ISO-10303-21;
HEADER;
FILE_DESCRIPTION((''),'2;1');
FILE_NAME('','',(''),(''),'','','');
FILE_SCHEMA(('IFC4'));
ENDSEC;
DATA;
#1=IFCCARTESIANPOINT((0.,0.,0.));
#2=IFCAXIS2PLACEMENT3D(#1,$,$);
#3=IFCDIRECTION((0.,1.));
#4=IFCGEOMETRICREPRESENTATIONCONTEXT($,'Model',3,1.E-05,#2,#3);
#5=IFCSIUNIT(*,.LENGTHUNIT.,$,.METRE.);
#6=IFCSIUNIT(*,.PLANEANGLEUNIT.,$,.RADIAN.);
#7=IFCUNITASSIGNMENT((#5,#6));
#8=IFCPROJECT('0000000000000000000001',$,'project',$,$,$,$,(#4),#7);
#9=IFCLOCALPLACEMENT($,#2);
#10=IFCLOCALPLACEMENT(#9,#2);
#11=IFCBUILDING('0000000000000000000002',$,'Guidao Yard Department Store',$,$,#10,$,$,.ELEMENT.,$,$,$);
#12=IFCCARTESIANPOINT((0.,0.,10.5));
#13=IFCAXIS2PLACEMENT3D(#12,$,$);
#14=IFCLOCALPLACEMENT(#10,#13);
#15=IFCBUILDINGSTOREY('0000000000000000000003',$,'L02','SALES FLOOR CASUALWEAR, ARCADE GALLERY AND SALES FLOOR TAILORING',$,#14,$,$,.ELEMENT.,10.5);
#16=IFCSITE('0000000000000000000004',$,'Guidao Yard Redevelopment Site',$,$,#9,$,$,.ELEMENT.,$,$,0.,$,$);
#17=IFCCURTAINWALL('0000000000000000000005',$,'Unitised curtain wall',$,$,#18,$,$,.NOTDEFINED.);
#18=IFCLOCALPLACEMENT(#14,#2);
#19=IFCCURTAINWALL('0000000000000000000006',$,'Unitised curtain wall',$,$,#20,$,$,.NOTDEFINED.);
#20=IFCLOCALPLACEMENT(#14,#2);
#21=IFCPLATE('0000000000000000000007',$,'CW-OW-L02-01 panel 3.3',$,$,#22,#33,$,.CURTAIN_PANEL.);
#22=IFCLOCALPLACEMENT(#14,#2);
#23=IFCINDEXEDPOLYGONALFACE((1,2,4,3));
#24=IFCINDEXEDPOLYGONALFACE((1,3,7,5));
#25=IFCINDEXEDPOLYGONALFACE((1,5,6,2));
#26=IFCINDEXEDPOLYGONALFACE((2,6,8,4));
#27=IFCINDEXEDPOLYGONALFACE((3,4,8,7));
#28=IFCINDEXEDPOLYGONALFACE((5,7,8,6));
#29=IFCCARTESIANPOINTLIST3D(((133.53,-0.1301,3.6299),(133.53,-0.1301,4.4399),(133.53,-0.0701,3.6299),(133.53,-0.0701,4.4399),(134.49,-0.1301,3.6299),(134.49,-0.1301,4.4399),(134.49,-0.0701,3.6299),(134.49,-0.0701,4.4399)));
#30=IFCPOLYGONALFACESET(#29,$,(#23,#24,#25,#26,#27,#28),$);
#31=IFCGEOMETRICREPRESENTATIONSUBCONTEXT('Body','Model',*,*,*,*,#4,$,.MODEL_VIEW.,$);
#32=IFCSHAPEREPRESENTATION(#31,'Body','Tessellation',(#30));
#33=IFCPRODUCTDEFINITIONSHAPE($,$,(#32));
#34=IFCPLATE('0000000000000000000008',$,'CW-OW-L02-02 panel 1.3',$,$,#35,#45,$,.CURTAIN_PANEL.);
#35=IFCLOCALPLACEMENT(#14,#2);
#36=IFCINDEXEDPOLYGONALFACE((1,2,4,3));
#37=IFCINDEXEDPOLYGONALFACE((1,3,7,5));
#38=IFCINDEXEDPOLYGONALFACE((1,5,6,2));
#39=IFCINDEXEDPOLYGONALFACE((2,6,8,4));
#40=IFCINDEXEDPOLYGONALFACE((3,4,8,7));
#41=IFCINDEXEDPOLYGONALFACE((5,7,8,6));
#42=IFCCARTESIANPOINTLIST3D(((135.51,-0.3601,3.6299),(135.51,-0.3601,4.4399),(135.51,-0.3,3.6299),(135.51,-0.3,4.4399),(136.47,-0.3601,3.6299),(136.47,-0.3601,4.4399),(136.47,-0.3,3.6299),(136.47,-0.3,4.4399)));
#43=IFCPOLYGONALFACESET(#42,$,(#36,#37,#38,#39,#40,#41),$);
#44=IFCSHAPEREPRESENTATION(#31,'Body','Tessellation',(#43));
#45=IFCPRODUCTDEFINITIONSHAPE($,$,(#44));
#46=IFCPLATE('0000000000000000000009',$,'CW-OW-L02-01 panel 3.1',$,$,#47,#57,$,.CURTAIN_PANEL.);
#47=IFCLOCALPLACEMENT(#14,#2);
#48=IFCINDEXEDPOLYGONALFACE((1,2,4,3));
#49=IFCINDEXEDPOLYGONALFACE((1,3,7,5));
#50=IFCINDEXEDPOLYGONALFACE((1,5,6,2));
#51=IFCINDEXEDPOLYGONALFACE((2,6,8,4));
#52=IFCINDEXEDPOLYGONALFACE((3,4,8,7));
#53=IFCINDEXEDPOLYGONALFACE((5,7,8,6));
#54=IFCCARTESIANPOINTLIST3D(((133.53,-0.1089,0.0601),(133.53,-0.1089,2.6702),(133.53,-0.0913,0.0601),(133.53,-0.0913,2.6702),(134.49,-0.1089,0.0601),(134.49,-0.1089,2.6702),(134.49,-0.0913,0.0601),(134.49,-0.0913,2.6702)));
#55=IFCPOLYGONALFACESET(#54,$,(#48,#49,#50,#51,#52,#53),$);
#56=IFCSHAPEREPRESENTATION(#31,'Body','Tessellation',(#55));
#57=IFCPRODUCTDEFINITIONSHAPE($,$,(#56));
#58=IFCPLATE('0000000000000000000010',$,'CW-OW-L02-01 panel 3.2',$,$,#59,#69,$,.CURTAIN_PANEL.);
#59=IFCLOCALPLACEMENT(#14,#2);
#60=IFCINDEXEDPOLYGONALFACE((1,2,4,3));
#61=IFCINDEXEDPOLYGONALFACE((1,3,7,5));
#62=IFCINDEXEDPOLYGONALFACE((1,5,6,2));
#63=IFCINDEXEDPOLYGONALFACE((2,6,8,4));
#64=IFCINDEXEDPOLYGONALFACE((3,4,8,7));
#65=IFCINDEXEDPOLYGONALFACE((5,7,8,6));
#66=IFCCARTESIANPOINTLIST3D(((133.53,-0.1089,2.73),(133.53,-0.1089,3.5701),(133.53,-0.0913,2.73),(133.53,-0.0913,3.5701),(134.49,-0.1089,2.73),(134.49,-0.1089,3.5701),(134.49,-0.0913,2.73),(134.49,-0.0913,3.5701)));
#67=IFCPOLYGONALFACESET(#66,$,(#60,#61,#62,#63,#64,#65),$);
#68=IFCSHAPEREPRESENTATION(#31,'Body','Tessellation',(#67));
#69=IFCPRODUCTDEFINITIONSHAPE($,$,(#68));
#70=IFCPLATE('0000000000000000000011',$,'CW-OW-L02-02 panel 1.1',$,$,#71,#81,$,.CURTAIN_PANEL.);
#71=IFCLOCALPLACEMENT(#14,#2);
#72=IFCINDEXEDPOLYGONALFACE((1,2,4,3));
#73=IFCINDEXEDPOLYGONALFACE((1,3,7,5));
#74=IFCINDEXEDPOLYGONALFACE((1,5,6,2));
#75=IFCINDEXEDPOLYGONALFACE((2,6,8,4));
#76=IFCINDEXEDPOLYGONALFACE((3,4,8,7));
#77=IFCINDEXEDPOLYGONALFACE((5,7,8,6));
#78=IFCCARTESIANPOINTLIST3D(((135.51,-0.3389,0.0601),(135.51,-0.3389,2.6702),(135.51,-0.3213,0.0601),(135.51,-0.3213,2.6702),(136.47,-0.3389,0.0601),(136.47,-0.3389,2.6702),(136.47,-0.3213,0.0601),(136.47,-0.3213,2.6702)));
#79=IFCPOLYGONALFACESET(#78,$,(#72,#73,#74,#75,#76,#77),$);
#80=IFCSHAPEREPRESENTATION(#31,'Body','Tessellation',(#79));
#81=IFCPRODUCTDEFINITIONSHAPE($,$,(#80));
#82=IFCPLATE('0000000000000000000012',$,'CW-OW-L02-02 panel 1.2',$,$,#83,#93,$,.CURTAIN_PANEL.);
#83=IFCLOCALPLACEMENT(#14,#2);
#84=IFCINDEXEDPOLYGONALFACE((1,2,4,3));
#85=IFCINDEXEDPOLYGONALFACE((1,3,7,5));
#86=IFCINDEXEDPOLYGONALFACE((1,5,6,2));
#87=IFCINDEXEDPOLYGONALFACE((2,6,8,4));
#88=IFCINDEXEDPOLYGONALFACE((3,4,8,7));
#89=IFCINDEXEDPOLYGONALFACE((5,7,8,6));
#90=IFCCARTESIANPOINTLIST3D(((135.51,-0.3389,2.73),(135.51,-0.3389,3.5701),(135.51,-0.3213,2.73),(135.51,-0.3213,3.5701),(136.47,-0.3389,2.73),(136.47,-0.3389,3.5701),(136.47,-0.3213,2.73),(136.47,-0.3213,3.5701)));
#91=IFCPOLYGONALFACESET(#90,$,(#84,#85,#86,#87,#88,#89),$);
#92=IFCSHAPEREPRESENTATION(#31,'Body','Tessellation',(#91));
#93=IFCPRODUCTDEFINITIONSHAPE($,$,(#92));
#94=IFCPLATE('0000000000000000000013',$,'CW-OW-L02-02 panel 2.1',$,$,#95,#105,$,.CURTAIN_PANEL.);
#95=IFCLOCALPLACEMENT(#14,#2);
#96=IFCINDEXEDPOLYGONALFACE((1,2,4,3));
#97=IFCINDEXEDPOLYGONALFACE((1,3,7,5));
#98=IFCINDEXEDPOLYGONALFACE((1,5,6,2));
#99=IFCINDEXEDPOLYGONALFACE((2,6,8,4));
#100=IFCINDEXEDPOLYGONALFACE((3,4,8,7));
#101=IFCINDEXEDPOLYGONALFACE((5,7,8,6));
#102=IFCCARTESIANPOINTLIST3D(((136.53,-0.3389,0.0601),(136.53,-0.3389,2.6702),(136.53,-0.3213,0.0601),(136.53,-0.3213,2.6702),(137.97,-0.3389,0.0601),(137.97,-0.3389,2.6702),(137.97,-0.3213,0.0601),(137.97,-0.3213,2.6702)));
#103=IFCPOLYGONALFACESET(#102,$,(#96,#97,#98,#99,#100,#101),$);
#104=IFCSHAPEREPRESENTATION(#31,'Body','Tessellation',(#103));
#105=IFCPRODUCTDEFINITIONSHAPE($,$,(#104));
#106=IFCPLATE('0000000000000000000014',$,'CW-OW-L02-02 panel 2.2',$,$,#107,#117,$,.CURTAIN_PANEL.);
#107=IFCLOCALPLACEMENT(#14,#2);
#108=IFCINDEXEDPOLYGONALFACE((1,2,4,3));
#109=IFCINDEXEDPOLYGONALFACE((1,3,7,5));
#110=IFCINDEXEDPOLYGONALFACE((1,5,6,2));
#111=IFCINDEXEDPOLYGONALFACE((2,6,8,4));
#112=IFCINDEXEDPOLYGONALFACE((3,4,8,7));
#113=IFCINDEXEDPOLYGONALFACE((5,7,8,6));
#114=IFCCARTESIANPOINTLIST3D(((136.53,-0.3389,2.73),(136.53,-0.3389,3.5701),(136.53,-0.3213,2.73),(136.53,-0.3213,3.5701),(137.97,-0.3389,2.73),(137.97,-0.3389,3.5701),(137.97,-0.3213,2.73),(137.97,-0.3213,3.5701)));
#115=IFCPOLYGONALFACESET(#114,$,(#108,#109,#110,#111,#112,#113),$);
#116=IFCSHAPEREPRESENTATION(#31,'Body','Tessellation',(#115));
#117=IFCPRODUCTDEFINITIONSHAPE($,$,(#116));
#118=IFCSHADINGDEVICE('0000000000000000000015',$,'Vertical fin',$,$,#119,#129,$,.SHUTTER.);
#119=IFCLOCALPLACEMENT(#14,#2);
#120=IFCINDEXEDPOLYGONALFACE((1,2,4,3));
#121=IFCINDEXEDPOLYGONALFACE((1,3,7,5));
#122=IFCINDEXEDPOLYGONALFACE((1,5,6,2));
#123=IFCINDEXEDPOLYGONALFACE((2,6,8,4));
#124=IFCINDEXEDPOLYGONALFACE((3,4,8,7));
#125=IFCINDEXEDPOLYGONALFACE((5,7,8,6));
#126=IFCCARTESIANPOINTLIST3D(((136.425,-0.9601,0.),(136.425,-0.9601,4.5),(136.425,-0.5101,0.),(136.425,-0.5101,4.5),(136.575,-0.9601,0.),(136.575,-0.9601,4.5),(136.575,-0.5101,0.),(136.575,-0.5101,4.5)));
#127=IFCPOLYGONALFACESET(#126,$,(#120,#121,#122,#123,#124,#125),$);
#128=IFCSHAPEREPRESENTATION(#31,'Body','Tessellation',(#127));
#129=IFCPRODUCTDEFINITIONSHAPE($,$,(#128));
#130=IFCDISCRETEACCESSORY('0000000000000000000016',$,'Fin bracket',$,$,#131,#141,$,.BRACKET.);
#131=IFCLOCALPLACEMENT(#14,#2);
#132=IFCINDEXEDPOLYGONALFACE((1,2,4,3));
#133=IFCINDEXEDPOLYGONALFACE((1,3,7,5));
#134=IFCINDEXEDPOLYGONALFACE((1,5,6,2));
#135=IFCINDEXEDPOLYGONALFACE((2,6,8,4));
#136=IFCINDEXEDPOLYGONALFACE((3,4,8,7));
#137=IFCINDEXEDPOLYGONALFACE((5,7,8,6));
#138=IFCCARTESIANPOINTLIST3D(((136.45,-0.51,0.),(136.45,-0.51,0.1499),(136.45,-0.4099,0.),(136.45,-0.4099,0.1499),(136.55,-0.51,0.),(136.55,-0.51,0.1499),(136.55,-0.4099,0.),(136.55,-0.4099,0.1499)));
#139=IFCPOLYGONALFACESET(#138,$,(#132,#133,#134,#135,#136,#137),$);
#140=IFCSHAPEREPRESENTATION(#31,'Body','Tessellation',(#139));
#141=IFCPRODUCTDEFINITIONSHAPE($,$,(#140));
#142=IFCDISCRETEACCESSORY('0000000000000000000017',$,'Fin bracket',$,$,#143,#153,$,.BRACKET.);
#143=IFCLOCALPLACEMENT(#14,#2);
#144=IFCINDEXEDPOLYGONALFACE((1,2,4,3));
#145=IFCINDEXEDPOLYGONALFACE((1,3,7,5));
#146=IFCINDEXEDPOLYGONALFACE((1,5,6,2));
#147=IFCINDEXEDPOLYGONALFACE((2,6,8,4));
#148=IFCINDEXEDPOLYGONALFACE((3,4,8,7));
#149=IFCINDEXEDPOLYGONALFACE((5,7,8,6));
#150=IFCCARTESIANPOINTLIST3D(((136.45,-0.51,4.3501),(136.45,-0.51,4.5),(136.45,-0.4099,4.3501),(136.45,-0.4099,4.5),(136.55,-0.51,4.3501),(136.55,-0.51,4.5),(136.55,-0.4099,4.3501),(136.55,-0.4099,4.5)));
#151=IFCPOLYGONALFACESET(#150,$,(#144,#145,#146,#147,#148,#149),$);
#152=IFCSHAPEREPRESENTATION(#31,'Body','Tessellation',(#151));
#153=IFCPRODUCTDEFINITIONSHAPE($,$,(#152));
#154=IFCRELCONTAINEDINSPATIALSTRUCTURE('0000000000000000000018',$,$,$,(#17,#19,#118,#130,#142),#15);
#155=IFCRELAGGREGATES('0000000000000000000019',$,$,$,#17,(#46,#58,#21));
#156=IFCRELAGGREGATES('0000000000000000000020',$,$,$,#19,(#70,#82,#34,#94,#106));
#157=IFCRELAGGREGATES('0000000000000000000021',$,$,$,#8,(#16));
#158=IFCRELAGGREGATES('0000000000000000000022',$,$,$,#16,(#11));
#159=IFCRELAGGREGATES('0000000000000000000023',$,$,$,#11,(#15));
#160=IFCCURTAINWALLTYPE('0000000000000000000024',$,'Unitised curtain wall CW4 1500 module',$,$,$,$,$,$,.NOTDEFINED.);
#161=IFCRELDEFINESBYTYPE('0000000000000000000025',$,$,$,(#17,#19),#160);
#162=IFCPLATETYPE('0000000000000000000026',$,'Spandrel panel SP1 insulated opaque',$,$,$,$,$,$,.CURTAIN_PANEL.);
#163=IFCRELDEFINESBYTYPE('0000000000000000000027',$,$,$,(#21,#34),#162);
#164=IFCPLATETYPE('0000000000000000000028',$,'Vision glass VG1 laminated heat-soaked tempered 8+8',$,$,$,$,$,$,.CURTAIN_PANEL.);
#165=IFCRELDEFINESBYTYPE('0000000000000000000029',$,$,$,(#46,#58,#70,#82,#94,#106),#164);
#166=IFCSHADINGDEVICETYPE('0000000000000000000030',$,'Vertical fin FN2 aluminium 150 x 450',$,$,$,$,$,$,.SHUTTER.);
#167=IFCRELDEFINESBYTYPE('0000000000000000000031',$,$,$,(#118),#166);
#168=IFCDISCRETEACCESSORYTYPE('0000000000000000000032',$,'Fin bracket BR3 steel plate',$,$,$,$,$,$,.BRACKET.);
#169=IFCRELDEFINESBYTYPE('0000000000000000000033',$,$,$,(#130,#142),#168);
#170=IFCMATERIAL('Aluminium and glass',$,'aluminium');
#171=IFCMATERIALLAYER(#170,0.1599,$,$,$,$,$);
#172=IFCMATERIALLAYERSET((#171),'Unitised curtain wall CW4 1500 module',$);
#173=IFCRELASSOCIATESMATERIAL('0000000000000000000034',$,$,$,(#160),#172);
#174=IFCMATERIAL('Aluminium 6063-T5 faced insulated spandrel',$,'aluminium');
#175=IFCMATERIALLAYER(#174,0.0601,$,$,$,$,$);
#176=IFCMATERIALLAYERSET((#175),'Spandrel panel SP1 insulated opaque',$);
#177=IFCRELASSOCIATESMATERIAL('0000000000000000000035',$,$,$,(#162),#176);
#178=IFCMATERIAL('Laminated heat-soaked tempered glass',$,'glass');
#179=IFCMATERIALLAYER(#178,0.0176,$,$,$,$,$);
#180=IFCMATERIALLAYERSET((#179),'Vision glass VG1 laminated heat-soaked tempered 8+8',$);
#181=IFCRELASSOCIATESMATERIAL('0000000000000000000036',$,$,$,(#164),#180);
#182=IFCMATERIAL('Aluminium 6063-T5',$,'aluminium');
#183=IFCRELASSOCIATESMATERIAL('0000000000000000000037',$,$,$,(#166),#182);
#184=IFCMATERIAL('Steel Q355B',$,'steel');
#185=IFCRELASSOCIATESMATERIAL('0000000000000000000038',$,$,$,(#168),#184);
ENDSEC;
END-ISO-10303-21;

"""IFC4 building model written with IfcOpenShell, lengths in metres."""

from ifc_helpers import new_model, si_unit, direction, frame, origin, origin_2d, place, context, subcontext, project, spatial, rectangle, extrude, material, layer, layer_set, type_object, element, aggregate, save


model = new_model("IFC4")

# Units and contexts
model_context = context("Model", 3, precision=1e-05, world=origin(), true_north=direction((0.0, 1.0)))
body_context = subcontext(model_context, "Body", "Model", "MODEL_VIEW")
ifc_project = project(units=[si_unit("LENGTHUNIT", "METRE"), si_unit("PLANEANGLEUNIT", "RADIAN")], contexts=[model_context])

# Site, building, storey
site_placement = place(None, origin())
site = spatial("IfcSite", under=ifc_project, at=site_placement, Name="Guidao Yard Redevelopment Site", CompositionType="ELEMENT", RefElevation=0.0)
building_placement = place(site_placement, origin())
building = spatial("IfcBuilding", under=site, at=building_placement, Name="Guidao Yard Department Store", CompositionType="ELEMENT")
storey_placement = place(building_placement, frame((0.0, 0.0, 10.5)))
storey = spatial("IfcBuildingStorey", under=building, at=storey_placement, Name="L02", Description="SALES FLOOR CASUALWEAR, ARCADE GALLERY AND SALES FLOOR TAILORING", CompositionType="ELEMENT", Elevation=10.5)

# Curtain walls
ifc_material_1 = material(Name="Aluminium and glass", Category="aluminium")
ifc_layer_1 = layer(ifc_material_1, 0.1599)
ifc_layer_set_1 = layer_set([ifc_layer_1], Name="Unitised curtain wall CW4 1500 module")
curtain_wall_type = type_object("IfcCurtainWallType", Name="Unitised curtain wall CW4 1500 module", PredefinedType="NOTDEFINED", material=ifc_layer_set_1)
curtain_wall_1_placement = place(storey_placement, origin())
curtain_wall_1 = element("IfcCurtainWall", 1, at=curtain_wall_1_placement, inside=storey, type_object=curtain_wall_type, Name="Unitised curtain wall", PredefinedType="NOTDEFINED")
curtain_wall_2_placement = place(storey_placement, origin())
curtain_wall_2 = element("IfcCurtainWall", 2, at=curtain_wall_2_placement, inside=storey, type_object=curtain_wall_type, Name="Unitised curtain wall", PredefinedType="NOTDEFINED")

# Plates
ifc_material_2 = material(Name="Aluminium 6063-T5 faced insulated spandrel", Category="aluminium")
ifc_layer_2 = layer(ifc_material_2, 0.0601)
ifc_layer_set_2 = layer_set([ifc_layer_2], Name="Spandrel panel SP1 insulated opaque")
plate_type_1 = type_object("IfcPlateType", Name="Spandrel panel SP1 insulated opaque", PredefinedType="CURTAIN_PANEL", material=ifc_layer_set_2)
plate_1_placement = place(storey_placement, frame((134.01, -0.1001, 3.6299), z_axis=(0.0, 0.0, 1.0), x_axis=(-1.0, 0.0, 0.0)))
plate_1 = element("IfcPlate", 3, at=plate_1_placement, type_object=plate_type_1, Name="CW-OW-L02-01 panel 3.3", PredefinedType="CURTAIN_PANEL", context=body_context, shape_type="SweptSolid", body=[
    extrude(rectangle(XDim=0.96, YDim=0.0601, at=origin_2d()), origin(), (0.0, 0.0, 1.0), 0.8101),
])
plate_2_placement = place(storey_placement, frame((135.99, -0.3301, 3.6299), z_axis=(0.0, 0.0, 1.0), x_axis=(-1.0, 0.0, 0.0)))
plate_2 = element("IfcPlate", 4, at=plate_2_placement, type_object=plate_type_1, Name="CW-OW-L02-02 panel 1.3", PredefinedType="CURTAIN_PANEL", context=body_context, shape_type="SweptSolid", body=[
    extrude(rectangle(XDim=0.96, YDim=0.0601, at=origin_2d()), origin(), (0.0, 0.0, 1.0), 0.8101),
])
ifc_material_3 = material(Name="Laminated heat-soaked tempered glass", Category="glass")
ifc_layer_3 = layer(ifc_material_3, 0.0176)
ifc_layer_set_3 = layer_set([ifc_layer_3], Name="Vision glass VG1 laminated heat-soaked tempered 8+8")
plate_type_2 = type_object("IfcPlateType", Name="Vision glass VG1 laminated heat-soaked tempered 8+8", PredefinedType="CURTAIN_PANEL", material=ifc_layer_set_3)
plate_3_placement = place(storey_placement, frame((134.01, -0.1001, 0.0601), z_axis=(0.0, 0.0, 1.0), x_axis=(-1.0, 0.0, 0.0)))
plate_3 = element("IfcPlate", 5, at=plate_3_placement, type_object=plate_type_2, Name="CW-OW-L02-01 panel 3.1", PredefinedType="CURTAIN_PANEL", context=body_context, shape_type="SweptSolid", body=[
    extrude(rectangle(XDim=0.96, YDim=0.0176, at=origin_2d()), origin(), (0.0, 0.0, 1.0), 2.6101),
])
plate_4_placement = place(storey_placement, frame((134.01, -0.1001, 2.73), z_axis=(0.0, 0.0, 1.0), x_axis=(-1.0, 0.0, 0.0)))
plate_4 = element("IfcPlate", 6, at=plate_4_placement, type_object=plate_type_2, Name="CW-OW-L02-01 panel 3.2", PredefinedType="CURTAIN_PANEL", context=body_context, shape_type="SweptSolid", body=[
    extrude(rectangle(XDim=0.96, YDim=0.0176, at=origin_2d()), origin(), (0.0, 0.0, 1.0), 0.8401),
])
aggregate(curtain_wall_1, [plate_3, plate_4, plate_1])
plate_5_placement = place(storey_placement, frame((135.99, -0.3301, 0.0601), z_axis=(0.0, 0.0, 1.0), x_axis=(-1.0, 0.0, 0.0)))
plate_5 = element("IfcPlate", 7, at=plate_5_placement, type_object=plate_type_2, Name="CW-OW-L02-02 panel 1.1", PredefinedType="CURTAIN_PANEL", context=body_context, shape_type="SweptSolid", body=[
    extrude(rectangle(XDim=0.96, YDim=0.0176, at=origin_2d()), origin(), (0.0, 0.0, 1.0), 2.6101),
])
plate_6_placement = place(storey_placement, frame((135.99, -0.3301, 2.73), z_axis=(0.0, 0.0, 1.0), x_axis=(-1.0, 0.0, 0.0)))
plate_6 = element("IfcPlate", 8, at=plate_6_placement, type_object=plate_type_2, Name="CW-OW-L02-02 panel 1.2", PredefinedType="CURTAIN_PANEL", context=body_context, shape_type="SweptSolid", body=[
    extrude(rectangle(XDim=0.96, YDim=0.0176, at=origin_2d()), origin(), (0.0, 0.0, 1.0), 0.8401),
])
plate_7_placement = place(storey_placement, frame((137.25, -0.3301, 0.0601), z_axis=(0.0, 0.0, 1.0), x_axis=(-1.0, 0.0, 0.0)))
plate_7 = element("IfcPlate", 9, at=plate_7_placement, type_object=plate_type_2, Name="CW-OW-L02-02 panel 2.1", PredefinedType="CURTAIN_PANEL", context=body_context, shape_type="SweptSolid", body=[
    extrude(rectangle(XDim=1.4399, YDim=0.0176, at=origin_2d()), origin(), (0.0, 0.0, 1.0), 2.6101),
])
plate_8_placement = place(storey_placement, frame((137.25, -0.3301, 2.73), z_axis=(0.0, 0.0, 1.0), x_axis=(-1.0, 0.0, 0.0)))
plate_8 = element("IfcPlate", 10, at=plate_8_placement, type_object=plate_type_2, Name="CW-OW-L02-02 panel 2.2", PredefinedType="CURTAIN_PANEL", context=body_context, shape_type="SweptSolid", body=[
    extrude(rectangle(XDim=1.4399, YDim=0.0176, at=origin_2d()), origin(), (0.0, 0.0, 1.0), 0.8401),
])
aggregate(curtain_wall_2, [plate_5, plate_6, plate_2, plate_7, plate_8])

# Shading device
ifc_material_4 = material(Name="Aluminium 6063-T5", Category="aluminium")
shading_device_type = type_object("IfcShadingDeviceType", Name="Vertical fin FN2 aluminium 150 x 450", PredefinedType="SHUTTER", material=ifc_material_4)
shading_device_placement = place(storey_placement, frame((136.5, -0.7351, 0.0), z_axis=(0.0, 0.0, 1.0), x_axis=(-1.0, 0.0, 0.0)))
element("IfcShadingDevice", 11, at=shading_device_placement, inside=storey, type_object=shading_device_type, Name="Vertical fin", PredefinedType="SHUTTER", context=body_context, shape_type="SweptSolid", body=[
    extrude(rectangle(XDim=0.1499, YDim=0.45, at=origin_2d()), origin(), (0.0, 0.0, 1.0), 4.5),
])

# Discrete accessories
ifc_material_5 = material(Name="Steel Q355B", Category="steel")
discrete_accessory_type = type_object("IfcDiscreteAccessoryType", Name="Fin bracket BR3 steel plate", PredefinedType="BRACKET", material=ifc_material_5)
for number, where, z_axis, x_axis, name in (
    (12, (136.5, -0.46, 0.0), (0.0, 0.0, 1.0), (-1.0, 0.0, 0.0), "Fin bracket"),
    (13, (136.5, -0.46, 4.3501), (0.0, 0.0, 1.0), (-1.0, 0.0, 0.0), "Fin bracket"),
):
    element("IfcDiscreteAccessory", number, at=place(storey_placement, frame(where, z_axis=z_axis, x_axis=x_axis)), inside=storey, type_object=discrete_accessory_type, Name=name, PredefinedType="BRACKET", context=body_context, shape_type="SweptSolid", body=[
        extrude(rectangle(XDim=0.1001, YDim=0.1001, at=origin_2d()), origin(), (0.0, 0.0, 1.0), 0.1499),
    ])

save(model, "model.ifc")
